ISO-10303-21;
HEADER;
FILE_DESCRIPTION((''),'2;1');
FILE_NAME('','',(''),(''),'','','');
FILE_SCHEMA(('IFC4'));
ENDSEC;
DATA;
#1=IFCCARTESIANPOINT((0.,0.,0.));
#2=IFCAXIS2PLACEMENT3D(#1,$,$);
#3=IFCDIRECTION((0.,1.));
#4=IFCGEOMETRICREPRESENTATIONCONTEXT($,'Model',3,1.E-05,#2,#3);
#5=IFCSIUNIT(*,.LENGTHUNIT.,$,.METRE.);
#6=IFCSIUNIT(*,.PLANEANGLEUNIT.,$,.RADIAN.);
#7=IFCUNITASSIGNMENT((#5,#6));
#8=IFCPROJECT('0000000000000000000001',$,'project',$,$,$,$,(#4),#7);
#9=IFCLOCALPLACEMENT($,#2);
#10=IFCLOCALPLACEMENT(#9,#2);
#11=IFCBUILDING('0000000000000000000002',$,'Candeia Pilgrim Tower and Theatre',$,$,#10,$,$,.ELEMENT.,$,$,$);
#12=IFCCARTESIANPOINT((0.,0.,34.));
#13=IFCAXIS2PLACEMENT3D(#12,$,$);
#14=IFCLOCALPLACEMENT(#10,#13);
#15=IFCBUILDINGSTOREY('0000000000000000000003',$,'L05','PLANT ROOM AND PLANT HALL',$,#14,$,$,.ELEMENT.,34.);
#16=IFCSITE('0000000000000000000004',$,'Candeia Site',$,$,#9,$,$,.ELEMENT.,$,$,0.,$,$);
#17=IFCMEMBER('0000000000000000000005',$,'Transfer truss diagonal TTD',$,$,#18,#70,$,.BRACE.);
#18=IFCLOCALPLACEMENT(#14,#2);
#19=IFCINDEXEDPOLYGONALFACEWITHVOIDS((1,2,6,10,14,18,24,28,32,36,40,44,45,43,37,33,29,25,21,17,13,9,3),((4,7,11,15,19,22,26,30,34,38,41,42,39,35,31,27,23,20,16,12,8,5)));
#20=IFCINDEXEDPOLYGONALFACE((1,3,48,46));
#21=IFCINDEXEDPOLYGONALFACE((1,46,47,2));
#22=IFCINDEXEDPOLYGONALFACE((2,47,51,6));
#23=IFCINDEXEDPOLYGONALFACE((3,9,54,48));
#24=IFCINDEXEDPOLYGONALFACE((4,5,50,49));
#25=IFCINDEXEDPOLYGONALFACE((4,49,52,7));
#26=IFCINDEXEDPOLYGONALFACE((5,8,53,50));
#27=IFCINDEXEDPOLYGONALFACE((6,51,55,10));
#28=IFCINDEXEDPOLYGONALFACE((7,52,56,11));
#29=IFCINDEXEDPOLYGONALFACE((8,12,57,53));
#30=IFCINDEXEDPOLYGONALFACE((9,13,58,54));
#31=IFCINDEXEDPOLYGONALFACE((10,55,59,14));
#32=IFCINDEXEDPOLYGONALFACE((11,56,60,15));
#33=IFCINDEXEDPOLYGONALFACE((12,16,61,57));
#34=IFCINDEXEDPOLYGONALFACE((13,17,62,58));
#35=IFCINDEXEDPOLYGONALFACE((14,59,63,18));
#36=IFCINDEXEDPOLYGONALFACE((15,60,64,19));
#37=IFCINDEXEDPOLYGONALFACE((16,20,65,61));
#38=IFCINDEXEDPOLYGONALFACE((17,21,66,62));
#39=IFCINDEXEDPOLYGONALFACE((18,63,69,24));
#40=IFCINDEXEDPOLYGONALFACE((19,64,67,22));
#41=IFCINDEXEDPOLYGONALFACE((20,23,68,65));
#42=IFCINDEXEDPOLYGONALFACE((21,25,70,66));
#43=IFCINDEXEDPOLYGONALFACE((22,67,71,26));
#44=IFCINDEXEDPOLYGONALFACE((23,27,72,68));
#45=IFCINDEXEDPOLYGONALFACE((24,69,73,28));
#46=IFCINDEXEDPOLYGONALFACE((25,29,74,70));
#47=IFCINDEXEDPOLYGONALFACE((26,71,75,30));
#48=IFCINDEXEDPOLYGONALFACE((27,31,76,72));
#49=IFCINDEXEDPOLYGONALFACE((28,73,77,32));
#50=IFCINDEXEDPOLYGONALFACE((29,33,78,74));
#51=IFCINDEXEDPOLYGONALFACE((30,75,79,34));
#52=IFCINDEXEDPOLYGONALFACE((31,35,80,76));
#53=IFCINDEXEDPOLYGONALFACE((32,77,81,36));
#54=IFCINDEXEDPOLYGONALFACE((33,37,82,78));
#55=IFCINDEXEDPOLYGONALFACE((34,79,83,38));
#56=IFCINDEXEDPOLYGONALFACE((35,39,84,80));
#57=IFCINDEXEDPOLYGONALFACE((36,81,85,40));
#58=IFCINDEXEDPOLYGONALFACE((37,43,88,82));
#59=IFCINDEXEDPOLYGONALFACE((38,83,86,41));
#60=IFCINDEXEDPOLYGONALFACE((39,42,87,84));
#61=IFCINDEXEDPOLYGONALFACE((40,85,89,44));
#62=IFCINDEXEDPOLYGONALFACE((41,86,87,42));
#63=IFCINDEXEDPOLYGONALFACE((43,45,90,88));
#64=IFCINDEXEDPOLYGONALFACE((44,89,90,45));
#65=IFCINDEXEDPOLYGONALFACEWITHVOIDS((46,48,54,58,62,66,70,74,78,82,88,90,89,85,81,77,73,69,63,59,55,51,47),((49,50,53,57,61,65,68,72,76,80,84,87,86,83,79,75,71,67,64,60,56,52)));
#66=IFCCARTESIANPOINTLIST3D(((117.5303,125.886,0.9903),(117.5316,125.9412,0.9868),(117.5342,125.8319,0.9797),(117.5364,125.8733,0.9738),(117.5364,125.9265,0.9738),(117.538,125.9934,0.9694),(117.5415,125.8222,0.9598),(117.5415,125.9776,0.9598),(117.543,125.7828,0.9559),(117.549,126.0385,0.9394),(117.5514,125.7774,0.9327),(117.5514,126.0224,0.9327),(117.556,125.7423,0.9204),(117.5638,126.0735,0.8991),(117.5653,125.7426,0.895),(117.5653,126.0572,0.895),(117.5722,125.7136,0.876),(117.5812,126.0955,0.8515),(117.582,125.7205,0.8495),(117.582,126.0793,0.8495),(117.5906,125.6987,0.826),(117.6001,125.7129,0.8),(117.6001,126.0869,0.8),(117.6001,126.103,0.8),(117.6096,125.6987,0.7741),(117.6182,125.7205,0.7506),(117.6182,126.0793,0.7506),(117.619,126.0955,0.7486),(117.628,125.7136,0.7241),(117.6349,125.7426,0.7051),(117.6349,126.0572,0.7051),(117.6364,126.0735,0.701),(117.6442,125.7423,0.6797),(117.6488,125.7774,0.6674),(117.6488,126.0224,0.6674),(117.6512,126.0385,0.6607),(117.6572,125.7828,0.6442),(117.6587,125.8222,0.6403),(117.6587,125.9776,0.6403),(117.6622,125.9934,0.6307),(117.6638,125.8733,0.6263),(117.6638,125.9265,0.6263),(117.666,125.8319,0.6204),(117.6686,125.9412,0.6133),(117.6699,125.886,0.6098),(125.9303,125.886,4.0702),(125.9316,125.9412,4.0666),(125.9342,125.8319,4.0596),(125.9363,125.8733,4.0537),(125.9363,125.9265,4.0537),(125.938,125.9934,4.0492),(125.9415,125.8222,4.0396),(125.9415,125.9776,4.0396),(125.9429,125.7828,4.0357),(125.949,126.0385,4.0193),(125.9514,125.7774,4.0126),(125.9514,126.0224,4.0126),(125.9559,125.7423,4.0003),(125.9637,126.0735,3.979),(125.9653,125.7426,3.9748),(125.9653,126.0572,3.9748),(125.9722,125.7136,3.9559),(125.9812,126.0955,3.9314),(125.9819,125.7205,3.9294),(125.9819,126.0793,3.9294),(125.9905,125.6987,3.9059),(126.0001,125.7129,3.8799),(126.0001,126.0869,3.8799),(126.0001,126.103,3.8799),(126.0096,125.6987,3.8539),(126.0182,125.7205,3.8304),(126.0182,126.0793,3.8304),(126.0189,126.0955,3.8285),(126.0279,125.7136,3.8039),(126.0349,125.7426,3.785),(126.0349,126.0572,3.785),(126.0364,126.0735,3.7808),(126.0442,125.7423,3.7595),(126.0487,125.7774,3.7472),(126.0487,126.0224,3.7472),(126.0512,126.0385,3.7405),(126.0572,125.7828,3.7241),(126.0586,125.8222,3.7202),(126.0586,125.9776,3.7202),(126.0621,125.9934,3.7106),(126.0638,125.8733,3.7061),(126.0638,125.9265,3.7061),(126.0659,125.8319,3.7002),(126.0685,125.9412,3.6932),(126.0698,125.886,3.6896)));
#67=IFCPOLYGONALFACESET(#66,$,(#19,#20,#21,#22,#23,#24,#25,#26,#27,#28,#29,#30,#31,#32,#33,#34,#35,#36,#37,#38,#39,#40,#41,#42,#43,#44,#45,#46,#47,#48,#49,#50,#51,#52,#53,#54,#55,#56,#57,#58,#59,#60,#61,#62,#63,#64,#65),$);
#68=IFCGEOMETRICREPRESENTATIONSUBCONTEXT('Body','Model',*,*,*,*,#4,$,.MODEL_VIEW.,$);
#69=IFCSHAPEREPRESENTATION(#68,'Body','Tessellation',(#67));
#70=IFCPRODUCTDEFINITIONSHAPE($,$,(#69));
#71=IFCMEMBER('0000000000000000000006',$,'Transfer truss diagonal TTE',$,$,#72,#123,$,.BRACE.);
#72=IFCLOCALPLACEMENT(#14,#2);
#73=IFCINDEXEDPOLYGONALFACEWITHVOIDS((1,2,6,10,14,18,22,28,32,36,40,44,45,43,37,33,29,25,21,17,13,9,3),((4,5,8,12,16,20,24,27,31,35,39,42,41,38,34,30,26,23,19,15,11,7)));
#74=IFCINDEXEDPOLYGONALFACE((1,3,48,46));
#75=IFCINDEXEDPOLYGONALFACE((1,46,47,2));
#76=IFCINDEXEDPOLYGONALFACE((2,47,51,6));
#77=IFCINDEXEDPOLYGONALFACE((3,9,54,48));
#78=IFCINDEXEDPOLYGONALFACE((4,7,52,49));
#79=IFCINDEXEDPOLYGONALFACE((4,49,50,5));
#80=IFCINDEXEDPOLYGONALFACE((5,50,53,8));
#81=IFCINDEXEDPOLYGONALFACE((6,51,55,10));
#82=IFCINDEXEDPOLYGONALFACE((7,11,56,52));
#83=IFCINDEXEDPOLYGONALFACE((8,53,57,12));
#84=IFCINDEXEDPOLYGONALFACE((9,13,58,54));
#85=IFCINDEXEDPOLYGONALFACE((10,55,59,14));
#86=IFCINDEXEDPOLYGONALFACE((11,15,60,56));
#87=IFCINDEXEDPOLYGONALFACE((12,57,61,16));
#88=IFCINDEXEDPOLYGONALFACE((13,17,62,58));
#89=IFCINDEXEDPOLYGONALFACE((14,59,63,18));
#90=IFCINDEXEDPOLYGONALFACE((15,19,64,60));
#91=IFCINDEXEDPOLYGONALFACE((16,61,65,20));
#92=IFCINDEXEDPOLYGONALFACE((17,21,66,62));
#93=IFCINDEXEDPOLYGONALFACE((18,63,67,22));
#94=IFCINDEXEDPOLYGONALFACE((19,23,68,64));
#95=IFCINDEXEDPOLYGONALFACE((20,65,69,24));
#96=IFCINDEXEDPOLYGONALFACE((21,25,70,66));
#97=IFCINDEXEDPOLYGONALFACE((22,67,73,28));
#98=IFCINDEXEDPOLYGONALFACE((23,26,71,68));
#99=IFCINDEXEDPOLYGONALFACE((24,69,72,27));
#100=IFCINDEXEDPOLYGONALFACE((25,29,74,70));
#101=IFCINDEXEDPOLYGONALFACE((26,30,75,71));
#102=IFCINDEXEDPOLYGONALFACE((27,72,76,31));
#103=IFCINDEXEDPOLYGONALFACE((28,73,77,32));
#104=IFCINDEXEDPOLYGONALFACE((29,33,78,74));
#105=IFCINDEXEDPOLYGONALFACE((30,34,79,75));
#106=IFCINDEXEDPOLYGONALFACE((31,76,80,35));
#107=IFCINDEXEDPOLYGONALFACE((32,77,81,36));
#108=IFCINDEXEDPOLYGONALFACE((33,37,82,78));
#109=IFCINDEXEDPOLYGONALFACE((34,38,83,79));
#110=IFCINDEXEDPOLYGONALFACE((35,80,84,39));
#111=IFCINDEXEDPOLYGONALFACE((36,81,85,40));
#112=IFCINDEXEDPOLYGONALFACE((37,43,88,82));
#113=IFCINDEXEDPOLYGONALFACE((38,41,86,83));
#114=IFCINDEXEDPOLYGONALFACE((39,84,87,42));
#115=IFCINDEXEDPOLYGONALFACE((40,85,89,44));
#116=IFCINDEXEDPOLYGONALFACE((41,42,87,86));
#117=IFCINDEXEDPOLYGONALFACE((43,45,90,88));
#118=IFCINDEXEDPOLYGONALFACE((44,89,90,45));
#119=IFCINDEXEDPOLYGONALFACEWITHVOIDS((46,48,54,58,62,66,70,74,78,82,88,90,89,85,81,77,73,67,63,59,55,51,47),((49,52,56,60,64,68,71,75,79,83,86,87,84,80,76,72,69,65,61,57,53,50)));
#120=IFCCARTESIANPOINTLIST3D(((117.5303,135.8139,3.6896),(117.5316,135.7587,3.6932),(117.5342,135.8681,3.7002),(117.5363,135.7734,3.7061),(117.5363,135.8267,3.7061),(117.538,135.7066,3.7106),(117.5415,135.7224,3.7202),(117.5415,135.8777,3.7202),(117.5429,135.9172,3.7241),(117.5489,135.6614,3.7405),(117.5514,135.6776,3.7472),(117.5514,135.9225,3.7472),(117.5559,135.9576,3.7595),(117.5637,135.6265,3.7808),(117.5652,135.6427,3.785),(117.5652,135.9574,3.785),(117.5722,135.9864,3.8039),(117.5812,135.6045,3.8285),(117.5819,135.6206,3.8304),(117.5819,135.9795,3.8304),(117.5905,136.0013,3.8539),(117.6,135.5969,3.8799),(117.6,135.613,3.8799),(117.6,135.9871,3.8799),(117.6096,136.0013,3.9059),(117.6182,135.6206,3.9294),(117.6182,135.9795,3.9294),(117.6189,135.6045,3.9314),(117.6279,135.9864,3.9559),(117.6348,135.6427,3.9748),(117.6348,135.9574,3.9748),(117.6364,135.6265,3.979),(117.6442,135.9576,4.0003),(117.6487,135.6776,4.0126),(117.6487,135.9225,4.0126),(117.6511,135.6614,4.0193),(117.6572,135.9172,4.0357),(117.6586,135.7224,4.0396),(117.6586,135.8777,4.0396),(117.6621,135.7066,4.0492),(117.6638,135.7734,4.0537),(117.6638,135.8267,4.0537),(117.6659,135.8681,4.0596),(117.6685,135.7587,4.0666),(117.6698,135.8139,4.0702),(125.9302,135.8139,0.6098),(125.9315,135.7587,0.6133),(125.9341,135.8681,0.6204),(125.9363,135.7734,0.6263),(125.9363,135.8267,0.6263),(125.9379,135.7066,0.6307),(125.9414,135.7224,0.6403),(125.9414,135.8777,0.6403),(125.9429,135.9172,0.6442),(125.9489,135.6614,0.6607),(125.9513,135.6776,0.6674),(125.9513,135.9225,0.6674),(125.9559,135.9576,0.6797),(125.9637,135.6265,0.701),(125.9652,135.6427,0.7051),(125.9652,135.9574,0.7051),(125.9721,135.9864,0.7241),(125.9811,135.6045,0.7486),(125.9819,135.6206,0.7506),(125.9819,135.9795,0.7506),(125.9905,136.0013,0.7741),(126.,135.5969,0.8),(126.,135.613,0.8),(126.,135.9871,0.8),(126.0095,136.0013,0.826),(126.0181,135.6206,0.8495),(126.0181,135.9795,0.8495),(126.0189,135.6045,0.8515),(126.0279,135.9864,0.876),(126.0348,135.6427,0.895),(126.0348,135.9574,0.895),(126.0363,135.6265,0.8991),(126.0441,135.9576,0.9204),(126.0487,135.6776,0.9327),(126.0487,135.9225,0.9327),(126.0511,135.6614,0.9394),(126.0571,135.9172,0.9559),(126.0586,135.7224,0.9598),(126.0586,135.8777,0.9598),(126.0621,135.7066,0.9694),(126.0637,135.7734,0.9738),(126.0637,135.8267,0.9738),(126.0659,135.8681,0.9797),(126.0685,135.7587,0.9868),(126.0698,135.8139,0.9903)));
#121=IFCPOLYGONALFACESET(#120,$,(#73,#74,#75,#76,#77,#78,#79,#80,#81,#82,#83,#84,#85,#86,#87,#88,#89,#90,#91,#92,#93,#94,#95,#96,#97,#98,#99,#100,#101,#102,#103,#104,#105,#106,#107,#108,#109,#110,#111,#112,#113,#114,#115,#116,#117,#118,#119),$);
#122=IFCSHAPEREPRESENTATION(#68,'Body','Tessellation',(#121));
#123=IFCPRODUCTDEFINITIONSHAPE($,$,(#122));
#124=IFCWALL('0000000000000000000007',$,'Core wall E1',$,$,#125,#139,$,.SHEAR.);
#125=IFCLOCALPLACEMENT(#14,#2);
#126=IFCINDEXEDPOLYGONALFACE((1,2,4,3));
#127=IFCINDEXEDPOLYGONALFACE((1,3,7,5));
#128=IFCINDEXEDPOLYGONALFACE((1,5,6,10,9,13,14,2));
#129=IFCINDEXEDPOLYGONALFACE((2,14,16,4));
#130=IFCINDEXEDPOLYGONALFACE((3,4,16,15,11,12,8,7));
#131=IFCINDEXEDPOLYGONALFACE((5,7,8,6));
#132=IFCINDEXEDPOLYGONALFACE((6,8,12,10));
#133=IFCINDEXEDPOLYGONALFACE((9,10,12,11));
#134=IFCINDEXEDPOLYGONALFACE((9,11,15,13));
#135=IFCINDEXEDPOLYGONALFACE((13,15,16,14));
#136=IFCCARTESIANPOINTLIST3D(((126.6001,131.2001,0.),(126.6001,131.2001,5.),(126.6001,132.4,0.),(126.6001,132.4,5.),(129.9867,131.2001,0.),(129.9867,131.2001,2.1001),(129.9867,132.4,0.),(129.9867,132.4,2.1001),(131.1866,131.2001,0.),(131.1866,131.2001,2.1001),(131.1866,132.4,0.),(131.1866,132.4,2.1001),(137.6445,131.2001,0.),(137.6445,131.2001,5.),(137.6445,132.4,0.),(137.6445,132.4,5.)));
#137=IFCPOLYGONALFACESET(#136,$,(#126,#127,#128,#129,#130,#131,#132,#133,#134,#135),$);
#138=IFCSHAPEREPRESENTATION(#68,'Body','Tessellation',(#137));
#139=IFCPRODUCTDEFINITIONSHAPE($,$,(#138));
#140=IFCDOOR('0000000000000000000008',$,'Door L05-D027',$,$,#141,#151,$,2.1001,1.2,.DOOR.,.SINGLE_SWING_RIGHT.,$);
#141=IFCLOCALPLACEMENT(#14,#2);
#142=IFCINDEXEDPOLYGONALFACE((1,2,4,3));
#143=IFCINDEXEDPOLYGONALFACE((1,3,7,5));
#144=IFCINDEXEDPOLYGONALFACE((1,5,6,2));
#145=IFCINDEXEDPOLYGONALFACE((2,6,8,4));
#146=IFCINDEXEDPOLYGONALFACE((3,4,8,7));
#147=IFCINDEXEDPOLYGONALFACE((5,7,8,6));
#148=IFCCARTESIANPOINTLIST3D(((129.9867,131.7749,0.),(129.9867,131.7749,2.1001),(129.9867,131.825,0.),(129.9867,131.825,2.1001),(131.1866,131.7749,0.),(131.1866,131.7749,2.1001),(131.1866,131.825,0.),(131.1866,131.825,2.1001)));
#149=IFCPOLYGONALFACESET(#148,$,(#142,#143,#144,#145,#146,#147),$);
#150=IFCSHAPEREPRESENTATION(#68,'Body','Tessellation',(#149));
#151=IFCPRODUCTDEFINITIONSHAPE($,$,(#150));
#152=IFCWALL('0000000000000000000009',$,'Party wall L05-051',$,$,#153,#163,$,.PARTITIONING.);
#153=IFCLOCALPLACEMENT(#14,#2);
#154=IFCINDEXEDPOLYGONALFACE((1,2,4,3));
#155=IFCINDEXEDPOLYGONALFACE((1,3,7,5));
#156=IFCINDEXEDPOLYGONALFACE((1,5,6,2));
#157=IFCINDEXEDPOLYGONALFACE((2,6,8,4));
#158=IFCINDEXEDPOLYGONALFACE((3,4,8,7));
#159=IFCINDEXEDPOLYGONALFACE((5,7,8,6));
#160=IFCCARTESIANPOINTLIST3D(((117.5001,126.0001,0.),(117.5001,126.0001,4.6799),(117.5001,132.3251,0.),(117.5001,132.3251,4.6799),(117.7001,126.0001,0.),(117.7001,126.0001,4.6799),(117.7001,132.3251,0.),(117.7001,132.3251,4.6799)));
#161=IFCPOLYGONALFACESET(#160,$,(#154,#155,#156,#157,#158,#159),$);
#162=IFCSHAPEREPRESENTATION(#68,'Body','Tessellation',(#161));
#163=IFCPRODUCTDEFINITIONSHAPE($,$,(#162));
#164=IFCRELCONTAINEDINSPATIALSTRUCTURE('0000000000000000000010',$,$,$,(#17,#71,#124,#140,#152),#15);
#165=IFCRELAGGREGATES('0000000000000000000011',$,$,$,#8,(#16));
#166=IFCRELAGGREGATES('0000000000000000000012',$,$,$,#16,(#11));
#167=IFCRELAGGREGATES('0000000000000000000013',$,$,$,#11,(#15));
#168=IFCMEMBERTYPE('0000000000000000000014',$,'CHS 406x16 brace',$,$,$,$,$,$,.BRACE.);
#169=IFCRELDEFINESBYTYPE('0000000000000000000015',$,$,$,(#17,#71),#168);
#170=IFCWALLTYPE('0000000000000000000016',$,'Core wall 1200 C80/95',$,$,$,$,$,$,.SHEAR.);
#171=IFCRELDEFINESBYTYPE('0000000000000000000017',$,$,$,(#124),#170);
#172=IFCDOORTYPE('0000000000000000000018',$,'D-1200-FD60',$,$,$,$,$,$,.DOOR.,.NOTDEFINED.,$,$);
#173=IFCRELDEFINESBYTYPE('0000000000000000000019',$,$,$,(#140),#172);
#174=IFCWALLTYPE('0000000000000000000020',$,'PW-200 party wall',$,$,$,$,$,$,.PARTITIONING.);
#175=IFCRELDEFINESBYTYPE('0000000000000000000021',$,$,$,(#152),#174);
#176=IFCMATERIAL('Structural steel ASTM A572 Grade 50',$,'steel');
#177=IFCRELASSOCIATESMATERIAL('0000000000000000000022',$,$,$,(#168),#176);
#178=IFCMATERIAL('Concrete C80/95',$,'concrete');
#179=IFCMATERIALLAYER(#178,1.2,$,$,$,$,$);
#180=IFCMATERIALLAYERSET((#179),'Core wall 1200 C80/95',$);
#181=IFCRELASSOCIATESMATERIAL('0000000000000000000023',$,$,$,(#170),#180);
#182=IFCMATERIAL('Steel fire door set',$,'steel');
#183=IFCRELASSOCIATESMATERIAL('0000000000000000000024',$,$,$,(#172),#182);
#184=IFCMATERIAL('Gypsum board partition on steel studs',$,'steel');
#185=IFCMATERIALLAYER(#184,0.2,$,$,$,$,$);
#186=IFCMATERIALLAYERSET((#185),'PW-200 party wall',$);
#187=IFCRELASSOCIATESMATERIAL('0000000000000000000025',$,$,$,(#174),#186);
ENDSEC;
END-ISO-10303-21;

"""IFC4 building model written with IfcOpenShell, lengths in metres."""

from ifc_helpers import new_model, si_unit, direction, frame, frame_2d, origin, origin_2d, place, context, subcontext, project, spatial, rectangle, hollow_circle, extrude, material, layer, layer_set, material_profile, profile_set, type_object, element, fill, save


model = new_model("IFC4")

# Units and contexts
model_context = context("Model", 3, precision=1e-05, world=origin(), true_north=direction((0.0, 1.0)))
body_context = subcontext(model_context, "Body", "Model", "MODEL_VIEW")
ifc_project = project(units=[si_unit("LENGTHUNIT", "METRE"), si_unit("PLANEANGLEUNIT", "RADIAN")], contexts=[model_context])

# Site, building, storey
site_placement = place(None, origin())
site = spatial("IfcSite", under=ifc_project, at=site_placement, Name="Candeia Site", CompositionType="ELEMENT", RefElevation=0.0)
building_placement = place(site_placement, origin())
building = spatial("IfcBuilding", under=site, at=building_placement, Name="Candeia Pilgrim Tower and Theatre", CompositionType="ELEMENT")
storey_placement = place(building_placement, frame((0.0, 0.0, 34.0)))
storey = spatial("IfcBuildingStorey", under=building, at=storey_placement, Name="L05", Description="PLANT ROOM AND PLANT HALL", CompositionType="ELEMENT", Elevation=34.0)

# Members
ifc_material_1 = material(Name="Structural steel ASTM A572 Grade 50", Category="steel")
ifc_material_profile_1 = material_profile(ifc_material_1, hollow_circle(Radius=0.2031, WallThickness=0.0161, at=origin_2d()))
ifc_profile_set_1 = profile_set([ifc_material_profile_1], Name="Structural steel ASTM A572 Grade 50")
member_type_1 = type_object("IfcMemberType", Name="CHS 406x16 brace", PredefinedType="BRACE", material=ifc_profile_set_1)
for number, where, z_axis, x_axis, name in (
    (1, (117.6001, 125.8999, 0.8), (0.938881, 0.0, 0.344242), (0.0, 1.0, 0.0), "Transfer truss diagonal TTD"),
    (2, (126.0, 135.8, 0.8), (-0.938881, 0.0, 0.344242), (0.0, -1.0, 0.0), "Transfer truss diagonal TTE"),
):
    element("IfcMember", number, at=place(storey_placement, frame(where, z_axis=z_axis, x_axis=x_axis)), inside=storey, type_object=member_type_1, Name=name, PredefinedType="BRACE", context=body_context, shape_type="SweptSolid", body=[
        extrude(hollow_circle(Radius=0.2031, WallThickness=0.0161, at=origin_2d()), origin(), (0.0, 0.0, 1.0), 8.9468),
    ])

# Wall, opening, door
ifc_material_2 = material(Name="Concrete C80/95", Category="concrete")
ifc_layer_1 = layer(ifc_material_2, 1.2)
ifc_layer_set_1 = layer_set([ifc_layer_1], Name="Core wall 1200 C80/95")
wall_type_1 = type_object("IfcWallType", Name="Core wall 1200 C80/95", PredefinedType="SHEAR", material=ifc_layer_set_1)
wall_1_placement = place(storey_placement, frame((126.6001, 131.8, 0.0), z_axis=(0.0, 0.0, 1.0), x_axis=(1.0, 0.0, 0.0)))
wall_1 = element("IfcWall", 3, at=wall_1_placement, inside=storey, type_object=wall_type_1, Name="Core wall E1", PredefinedType="SHEAR", context=body_context, shape_type="SweptSolid", body=[
    extrude(rectangle(XDim=11.0444, YDim=1.2, at=frame_2d((5.5222, 0.0))), origin(), (0.0, 0.0, 1.0), 5.0),
])
opening_1_placement = place(wall_1_placement, frame((3.3865, 0.0, 0.0)))
opening_1 = element("IfcOpeningElement", 4, at=opening_1_placement, cuts=wall_1, PredefinedType="OPENING", context=body_context, shape_type="SweptSolid", body=[
    extrude(rectangle(XDim=1.2, YDim=2.1001, at=frame_2d((0.6001, 1.05))), frame((0.0, 0.6099, 0.0), z_axis=(0.0, -1.0, 0.0), x_axis=(1.0, 0.0, 0.0)), (0.0, 0.0, 1.0), 1.22),
])
ifc_material_3 = material(Name="Steel fire door set", Category="steel")
door_type_1 = type_object("IfcDoorType", Name="D-1200-FD60", OperationType="NOTDEFINED", PredefinedType="DOOR", material=ifc_material_3)
door_1_placement = place(opening_1_placement, origin())
door_1 = element("IfcDoor", 5, at=door_1_placement, inside=storey, type_object=door_type_1, Name="Door L05-D027", OperationType="SINGLE_SWING_RIGHT", OverallHeight=2.1001, OverallWidth=1.2, PredefinedType="DOOR", context=body_context, shape_type="SweptSolid", body=[
    extrude(rectangle(XDim=1.2, YDim=2.1001, at=frame_2d((0.6001, 1.05))), frame((0.0, 0.0249, 0.0), z_axis=(0.0, -1.0, 0.0), x_axis=(1.0, 0.0, 0.0)), (0.0, 0.0, 1.0), 0.05),
])
fill(opening_1, door_1)

# Wall
ifc_material_4 = material(Name="Gypsum board partition on steel studs", Category="steel")
ifc_layer_2 = layer(ifc_material_4, 0.2)
ifc_layer_set_2 = layer_set([ifc_layer_2], Name="PW-200 party wall")
wall_type_2 = type_object("IfcWallType", Name="PW-200 party wall", PredefinedType="PARTITIONING", material=ifc_layer_set_2)
wall_2_placement = place(storey_placement, frame((117.6001, 126.0, 0.0), z_axis=(0.0, 0.0, 1.0), x_axis=(0.0, 1.0, 0.0)))
element("IfcWall", 6, at=wall_2_placement, inside=storey, type_object=wall_type_2, Name="Party wall L05-051", PredefinedType="PARTITIONING", context=body_context, shape_type="SweptSolid", body=[
    extrude(rectangle(XDim=6.325, YDim=0.2, at=frame_2d((3.1626, 0.0))), origin(), (0.0, 0.0, 1.0), 4.6799),
])

save(model, "model.ifc")
